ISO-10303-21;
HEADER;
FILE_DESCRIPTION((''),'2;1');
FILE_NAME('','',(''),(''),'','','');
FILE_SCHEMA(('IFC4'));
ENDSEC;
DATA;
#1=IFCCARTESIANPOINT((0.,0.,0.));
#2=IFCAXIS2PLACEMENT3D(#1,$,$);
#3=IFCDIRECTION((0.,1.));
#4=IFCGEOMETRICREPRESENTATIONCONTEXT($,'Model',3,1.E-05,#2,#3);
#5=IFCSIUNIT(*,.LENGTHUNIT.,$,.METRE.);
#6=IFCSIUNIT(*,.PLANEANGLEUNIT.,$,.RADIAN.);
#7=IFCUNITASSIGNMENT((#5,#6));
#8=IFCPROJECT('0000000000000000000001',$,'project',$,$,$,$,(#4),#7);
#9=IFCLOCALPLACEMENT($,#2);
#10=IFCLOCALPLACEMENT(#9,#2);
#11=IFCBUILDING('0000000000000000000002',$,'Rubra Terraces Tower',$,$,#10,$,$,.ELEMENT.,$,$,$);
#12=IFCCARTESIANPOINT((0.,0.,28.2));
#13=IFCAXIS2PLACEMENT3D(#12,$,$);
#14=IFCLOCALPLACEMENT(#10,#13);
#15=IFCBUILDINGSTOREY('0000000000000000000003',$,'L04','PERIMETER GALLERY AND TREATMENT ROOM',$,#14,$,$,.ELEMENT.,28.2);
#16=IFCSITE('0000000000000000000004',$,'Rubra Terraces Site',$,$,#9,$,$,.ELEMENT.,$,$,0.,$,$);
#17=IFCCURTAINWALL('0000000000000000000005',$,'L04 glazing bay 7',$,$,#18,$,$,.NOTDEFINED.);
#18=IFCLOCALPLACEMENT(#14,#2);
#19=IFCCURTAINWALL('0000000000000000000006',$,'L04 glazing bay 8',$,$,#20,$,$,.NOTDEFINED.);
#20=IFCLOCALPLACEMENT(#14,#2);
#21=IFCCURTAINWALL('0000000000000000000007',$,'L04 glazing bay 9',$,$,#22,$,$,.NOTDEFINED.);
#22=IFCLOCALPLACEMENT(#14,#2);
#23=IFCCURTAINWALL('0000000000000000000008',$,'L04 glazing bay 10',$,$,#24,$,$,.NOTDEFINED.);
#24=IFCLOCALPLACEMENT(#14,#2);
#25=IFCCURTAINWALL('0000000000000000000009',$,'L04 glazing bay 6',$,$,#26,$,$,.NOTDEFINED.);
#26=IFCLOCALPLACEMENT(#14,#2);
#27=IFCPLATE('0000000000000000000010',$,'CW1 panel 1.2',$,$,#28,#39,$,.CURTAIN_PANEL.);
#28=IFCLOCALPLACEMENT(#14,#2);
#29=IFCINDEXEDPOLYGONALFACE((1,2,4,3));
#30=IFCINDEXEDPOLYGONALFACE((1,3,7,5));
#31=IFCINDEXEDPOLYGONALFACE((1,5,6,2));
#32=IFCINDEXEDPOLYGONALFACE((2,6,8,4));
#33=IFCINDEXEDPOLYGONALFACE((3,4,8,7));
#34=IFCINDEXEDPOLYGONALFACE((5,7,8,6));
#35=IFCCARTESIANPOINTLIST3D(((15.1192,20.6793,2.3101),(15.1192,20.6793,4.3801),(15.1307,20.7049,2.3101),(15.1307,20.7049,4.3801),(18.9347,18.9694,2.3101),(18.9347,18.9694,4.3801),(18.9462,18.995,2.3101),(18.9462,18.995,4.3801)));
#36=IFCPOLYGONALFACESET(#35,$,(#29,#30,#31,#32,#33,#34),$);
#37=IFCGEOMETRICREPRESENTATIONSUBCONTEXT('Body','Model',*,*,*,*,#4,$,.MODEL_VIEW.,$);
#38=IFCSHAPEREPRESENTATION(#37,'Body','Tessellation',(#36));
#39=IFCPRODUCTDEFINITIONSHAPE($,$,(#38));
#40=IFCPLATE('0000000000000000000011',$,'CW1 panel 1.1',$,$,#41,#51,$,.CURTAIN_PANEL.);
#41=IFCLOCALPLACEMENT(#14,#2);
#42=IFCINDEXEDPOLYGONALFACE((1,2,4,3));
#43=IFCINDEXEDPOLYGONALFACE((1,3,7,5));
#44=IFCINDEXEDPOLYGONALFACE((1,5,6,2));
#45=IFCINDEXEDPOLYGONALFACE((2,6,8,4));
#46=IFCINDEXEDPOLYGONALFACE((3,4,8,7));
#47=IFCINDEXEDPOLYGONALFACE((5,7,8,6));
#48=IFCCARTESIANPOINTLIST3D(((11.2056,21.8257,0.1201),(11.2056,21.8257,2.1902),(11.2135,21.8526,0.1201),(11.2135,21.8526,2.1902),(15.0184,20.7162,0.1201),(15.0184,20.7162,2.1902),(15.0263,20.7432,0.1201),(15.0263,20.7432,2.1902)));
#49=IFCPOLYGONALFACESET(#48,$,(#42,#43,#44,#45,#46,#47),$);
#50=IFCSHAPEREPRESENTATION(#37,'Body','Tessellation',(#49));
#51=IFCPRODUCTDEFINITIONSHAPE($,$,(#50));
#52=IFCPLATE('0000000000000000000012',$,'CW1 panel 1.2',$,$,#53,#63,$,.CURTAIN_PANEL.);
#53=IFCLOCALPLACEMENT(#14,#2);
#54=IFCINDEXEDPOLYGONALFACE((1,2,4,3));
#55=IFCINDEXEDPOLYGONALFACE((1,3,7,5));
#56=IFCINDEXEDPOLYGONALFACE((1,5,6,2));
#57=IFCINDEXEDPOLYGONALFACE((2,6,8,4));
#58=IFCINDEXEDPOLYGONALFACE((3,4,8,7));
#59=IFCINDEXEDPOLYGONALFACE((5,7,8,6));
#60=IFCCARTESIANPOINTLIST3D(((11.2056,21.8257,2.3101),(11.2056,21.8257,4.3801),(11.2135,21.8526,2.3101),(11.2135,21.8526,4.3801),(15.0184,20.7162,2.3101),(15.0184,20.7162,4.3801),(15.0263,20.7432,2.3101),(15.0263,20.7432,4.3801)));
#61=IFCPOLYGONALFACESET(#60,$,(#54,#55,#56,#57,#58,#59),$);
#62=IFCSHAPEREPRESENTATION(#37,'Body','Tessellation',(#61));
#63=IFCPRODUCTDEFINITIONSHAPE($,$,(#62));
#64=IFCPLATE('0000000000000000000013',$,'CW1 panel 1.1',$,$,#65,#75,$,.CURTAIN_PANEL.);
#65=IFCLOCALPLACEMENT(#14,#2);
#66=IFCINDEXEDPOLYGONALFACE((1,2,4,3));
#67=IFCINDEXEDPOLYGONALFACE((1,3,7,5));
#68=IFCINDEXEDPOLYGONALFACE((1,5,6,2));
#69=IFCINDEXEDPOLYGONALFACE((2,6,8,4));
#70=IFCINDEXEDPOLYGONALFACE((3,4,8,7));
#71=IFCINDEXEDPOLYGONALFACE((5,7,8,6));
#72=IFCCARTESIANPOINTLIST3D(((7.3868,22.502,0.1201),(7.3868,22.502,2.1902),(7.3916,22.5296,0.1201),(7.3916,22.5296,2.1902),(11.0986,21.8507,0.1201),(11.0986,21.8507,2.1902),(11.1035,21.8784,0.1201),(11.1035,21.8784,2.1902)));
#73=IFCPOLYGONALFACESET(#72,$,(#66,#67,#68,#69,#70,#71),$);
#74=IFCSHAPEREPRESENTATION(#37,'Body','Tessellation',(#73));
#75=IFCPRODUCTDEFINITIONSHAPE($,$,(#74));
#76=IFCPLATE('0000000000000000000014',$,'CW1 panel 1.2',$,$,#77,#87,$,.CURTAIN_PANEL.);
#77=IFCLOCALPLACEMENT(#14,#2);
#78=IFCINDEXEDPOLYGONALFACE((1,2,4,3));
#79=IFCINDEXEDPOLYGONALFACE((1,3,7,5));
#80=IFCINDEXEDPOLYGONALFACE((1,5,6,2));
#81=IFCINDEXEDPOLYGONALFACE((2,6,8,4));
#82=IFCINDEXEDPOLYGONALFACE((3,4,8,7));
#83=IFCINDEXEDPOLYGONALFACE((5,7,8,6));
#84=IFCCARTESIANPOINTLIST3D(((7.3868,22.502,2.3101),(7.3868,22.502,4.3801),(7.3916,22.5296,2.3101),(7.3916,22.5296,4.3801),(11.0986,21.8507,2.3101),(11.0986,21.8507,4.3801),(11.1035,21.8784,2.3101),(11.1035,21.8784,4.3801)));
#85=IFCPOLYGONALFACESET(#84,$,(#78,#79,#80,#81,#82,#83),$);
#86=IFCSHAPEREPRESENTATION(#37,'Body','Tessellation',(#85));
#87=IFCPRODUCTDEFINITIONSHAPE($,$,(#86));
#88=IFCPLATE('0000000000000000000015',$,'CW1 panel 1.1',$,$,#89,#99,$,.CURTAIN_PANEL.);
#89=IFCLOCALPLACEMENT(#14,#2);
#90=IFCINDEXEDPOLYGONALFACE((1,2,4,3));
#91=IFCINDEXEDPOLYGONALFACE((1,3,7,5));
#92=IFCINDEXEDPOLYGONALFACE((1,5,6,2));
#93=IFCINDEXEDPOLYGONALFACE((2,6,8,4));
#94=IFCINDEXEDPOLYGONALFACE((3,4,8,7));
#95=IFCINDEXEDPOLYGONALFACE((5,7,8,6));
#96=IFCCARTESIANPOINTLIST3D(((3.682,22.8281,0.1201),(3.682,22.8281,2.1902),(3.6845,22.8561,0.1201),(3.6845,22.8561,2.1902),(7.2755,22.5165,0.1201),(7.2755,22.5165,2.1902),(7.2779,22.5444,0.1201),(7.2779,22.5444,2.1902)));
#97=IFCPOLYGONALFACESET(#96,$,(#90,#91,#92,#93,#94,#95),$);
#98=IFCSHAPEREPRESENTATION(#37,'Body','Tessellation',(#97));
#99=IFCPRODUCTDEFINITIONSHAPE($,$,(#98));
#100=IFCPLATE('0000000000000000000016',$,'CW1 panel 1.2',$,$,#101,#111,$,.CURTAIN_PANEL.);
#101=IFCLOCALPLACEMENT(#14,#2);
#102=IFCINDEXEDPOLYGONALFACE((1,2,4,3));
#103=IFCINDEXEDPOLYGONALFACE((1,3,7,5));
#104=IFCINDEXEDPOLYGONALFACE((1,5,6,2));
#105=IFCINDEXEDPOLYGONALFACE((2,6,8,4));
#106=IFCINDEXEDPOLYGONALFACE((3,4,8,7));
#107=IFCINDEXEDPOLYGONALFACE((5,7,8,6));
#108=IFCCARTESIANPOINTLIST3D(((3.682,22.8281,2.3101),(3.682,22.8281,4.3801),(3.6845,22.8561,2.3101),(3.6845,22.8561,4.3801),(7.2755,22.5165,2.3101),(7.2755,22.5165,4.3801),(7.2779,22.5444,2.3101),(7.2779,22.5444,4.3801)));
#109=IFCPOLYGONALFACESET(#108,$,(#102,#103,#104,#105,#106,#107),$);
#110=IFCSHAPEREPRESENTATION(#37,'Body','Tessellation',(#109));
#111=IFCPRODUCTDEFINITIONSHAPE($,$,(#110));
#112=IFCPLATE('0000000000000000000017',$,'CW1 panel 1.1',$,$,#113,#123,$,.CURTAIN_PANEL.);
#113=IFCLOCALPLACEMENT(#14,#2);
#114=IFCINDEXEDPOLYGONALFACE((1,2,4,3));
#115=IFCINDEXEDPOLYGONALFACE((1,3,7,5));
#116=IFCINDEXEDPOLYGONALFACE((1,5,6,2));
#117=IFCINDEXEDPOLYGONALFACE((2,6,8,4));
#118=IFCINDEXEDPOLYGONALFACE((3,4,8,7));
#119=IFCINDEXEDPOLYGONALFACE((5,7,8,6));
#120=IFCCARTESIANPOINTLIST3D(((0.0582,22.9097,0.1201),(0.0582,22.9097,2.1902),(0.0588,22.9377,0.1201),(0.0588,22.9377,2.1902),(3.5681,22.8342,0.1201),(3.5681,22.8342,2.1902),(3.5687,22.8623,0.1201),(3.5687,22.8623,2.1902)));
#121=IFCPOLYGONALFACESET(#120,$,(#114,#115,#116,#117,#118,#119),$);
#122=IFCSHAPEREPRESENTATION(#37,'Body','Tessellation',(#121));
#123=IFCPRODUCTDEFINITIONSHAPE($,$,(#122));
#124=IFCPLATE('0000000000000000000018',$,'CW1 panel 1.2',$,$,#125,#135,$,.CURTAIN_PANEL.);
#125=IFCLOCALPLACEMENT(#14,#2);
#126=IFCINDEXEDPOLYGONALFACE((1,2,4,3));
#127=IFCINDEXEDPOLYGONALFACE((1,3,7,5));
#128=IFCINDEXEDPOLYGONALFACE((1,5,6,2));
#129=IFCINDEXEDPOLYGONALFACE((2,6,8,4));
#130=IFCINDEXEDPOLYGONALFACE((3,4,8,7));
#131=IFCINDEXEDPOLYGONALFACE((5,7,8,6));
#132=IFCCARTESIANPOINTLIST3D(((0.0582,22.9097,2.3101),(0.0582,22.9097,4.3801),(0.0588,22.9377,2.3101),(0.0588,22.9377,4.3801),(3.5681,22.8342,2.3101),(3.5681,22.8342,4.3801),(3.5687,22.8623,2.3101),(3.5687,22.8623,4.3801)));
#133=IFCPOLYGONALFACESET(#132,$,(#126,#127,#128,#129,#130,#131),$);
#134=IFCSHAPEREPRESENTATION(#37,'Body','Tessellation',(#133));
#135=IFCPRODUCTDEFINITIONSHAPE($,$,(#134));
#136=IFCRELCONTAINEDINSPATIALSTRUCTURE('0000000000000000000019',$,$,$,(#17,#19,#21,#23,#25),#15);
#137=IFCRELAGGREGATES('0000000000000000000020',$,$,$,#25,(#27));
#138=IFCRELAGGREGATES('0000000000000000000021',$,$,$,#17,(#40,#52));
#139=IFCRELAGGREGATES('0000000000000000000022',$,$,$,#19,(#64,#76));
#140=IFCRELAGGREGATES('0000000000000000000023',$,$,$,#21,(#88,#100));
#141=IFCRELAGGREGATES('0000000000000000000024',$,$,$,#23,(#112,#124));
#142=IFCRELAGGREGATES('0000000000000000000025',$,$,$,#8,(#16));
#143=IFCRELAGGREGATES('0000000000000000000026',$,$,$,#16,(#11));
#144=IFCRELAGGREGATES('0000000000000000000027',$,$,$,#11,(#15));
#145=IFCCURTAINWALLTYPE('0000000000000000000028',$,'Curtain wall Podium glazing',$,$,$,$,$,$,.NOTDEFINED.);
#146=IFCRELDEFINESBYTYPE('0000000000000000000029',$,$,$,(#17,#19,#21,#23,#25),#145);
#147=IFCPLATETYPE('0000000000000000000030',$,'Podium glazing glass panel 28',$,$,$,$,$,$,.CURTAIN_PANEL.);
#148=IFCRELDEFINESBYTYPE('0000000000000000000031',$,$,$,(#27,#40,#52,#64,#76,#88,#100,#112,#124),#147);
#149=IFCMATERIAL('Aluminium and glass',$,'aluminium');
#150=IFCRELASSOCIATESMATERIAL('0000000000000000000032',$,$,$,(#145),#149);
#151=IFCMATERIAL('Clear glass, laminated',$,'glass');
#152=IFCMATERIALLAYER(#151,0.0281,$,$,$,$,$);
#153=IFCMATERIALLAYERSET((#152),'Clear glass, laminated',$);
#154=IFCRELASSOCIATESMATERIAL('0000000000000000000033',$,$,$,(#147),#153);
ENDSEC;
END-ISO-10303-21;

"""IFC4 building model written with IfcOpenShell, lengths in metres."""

from ifc_helpers import new_model, si_unit, direction, frame, origin, origin_2d, place, context, subcontext, project, spatial, rectangle, extrude, material, layer, layer_set, type_object, element, aggregate, save


model = new_model("IFC4")

# Units and contexts
model_context = context("Model", 3, precision=1e-05, world=origin(), true_north=direction((0.0, 1.0)))
body_context = subcontext(model_context, "Body", "Model", "MODEL_VIEW")
ifc_project = project(units=[si_unit("LENGTHUNIT", "METRE"), si_unit("PLANEANGLEUNIT", "RADIAN")], contexts=[model_context])

# Site, building, storey
site_placement = place(None, origin())
site = spatial("IfcSite", under=ifc_project, at=site_placement, Name="Rubra Terraces Site", CompositionType="ELEMENT", RefElevation=0.0)
building_placement = place(site_placement, origin())
building = spatial("IfcBuilding", under=site, at=building_placement, Name="Rubra Terraces Tower", CompositionType="ELEMENT")
storey_placement = place(building_placement, frame((0.0, 0.0, 28.2)))
storey = spatial("IfcBuildingStorey", under=building, at=storey_placement, Name="L04", Description="PERIMETER GALLERY AND TREATMENT ROOM", CompositionType="ELEMENT", Elevation=28.2)

# Curtain walls
ifc_material_1 = material(Name="Aluminium and glass", Category="aluminium")
curtain_wall_type = type_object("IfcCurtainWallType", Name="Curtain wall Podium glazing", PredefinedType="NOTDEFINED", material=ifc_material_1)
curtain_wall_1_placement = place(storey_placement, origin())
curtain_wall_1 = element("IfcCurtainWall", 1, at=curtain_wall_1_placement, inside=storey, type_object=curtain_wall_type, Name="L04 glazing bay 7", PredefinedType="NOTDEFINED")
curtain_wall_2_placement = place(storey_placement, origin())
curtain_wall_2 = element("IfcCurtainWall", 2, at=curtain_wall_2_placement, inside=storey, type_object=curtain_wall_type, Name="L04 glazing bay 8", PredefinedType="NOTDEFINED")
curtain_wall_3_placement = place(storey_placement, origin())
curtain_wall_3 = element("IfcCurtainWall", 3, at=curtain_wall_3_placement, inside=storey, type_object=curtain_wall_type, Name="L04 glazing bay 9", PredefinedType="NOTDEFINED")
curtain_wall_4_placement = place(storey_placement, origin())
curtain_wall_4 = element("IfcCurtainWall", 4, at=curtain_wall_4_placement, inside=storey, type_object=curtain_wall_type, Name="L04 glazing bay 10", PredefinedType="NOTDEFINED")

# Curtain wall, plate
curtain_wall_5_placement = place(storey_placement, origin())
curtain_wall_5 = element("IfcCurtainWall", 5, at=curtain_wall_5_placement, inside=storey, type_object=curtain_wall_type, Name="L04 glazing bay 6", PredefinedType="NOTDEFINED")
ifc_material_2 = material(Name="Clear glass, laminated", Category="glass")
ifc_layer = layer(ifc_material_2, 0.0281)
ifc_layer_set = layer_set([ifc_layer], Name="Clear glass, laminated")
plate_type = type_object("IfcPlateType", Name="Podium glazing glass panel 28", PredefinedType="CURTAIN_PANEL", material=ifc_layer_set)
plate_1_placement = place(storey_placement, frame((17.0327, 19.8372, 2.3101), z_axis=(0.0, 0.0, 1.0), x_axis=(-0.912551, 0.408962, 0.0)))
plate_1 = element("IfcPlate", 6, at=plate_1_placement, type_object=plate_type, Name="CW1 panel 1.2", PredefinedType="CURTAIN_PANEL", context=body_context, shape_type="SweptSolid", body=[
    extrude(rectangle(XDim=4.1812, YDim=0.0281, at=origin_2d()), origin(), (0.0, 0.0, 1.0), 2.0701),
])
aggregate(curtain_wall_5, [plate_1])

# Plates
plate_2_placement = place(storey_placement, frame((13.116, 21.2844, 0.1201), z_axis=(0.0, 0.0, 1.0), x_axis=(-0.960175, 0.279399, 0.0)))
plate_2 = element("IfcPlate", 7, at=plate_2_placement, type_object=plate_type, Name="CW1 panel 1.1", PredefinedType="CURTAIN_PANEL", context=body_context, shape_type="SweptSolid", body=[
    extrude(rectangle(XDim=3.9709, YDim=0.0281, at=origin_2d()), origin(), (0.0, 0.0, 1.0), 2.0701),
])
plate_3_placement = place(storey_placement, frame((13.116, 21.2844, 2.3101), z_axis=(0.0, 0.0, 1.0), x_axis=(-0.960175, 0.279399, 0.0)))
plate_3 = element("IfcPlate", 8, at=plate_3_placement, type_object=plate_type, Name="CW1 panel 1.2", PredefinedType="CURTAIN_PANEL", context=body_context, shape_type="SweptSolid", body=[
    extrude(rectangle(XDim=3.9709, YDim=0.0281, at=origin_2d()), origin(), (0.0, 0.0, 1.0), 2.0701),
])
aggregate(curtain_wall_1, [plate_2, plate_3])
plate_4_placement = place(storey_placement, frame((9.2451, 22.1902, 0.1201), z_axis=(0.0, 0.0, 1.0), x_axis=(-0.984954, 0.172817, 0.0)))
plate_4 = element("IfcPlate", 9, at=plate_4_placement, type_object=plate_type, Name="CW1 panel 1.1", PredefinedType="CURTAIN_PANEL", context=body_context, shape_type="SweptSolid", body=[
    extrude(rectangle(XDim=3.7686, YDim=0.0281, at=origin_2d()), origin(), (0.0, 0.0, 1.0), 2.0701),
])
plate_5_placement = place(storey_placement, frame((9.2451, 22.1902, 2.3101), z_axis=(0.0, 0.0, 1.0), x_axis=(-0.984954, 0.172817, 0.0)))
plate_5 = element("IfcPlate", 10, at=plate_5_placement, type_object=plate_type, Name="CW1 panel 1.2", PredefinedType="CURTAIN_PANEL", context=body_context, shape_type="SweptSolid", body=[
    extrude(rectangle(XDim=3.7686, YDim=0.0281, at=origin_2d()), origin(), (0.0, 0.0, 1.0), 2.0701),
])
aggregate(curtain_wall_2, [plate_4, plate_5])
plate_6_placement = place(storey_placement, frame((5.48, 22.6863, 0.1201), z_axis=(0.0, 0.0, 1.0), x_axis=(-0.996261, 0.086398, 0.0)))
plate_6 = element("IfcPlate", 11, at=plate_6_placement, type_object=plate_type, Name="CW1 panel 1.1", PredefinedType="CURTAIN_PANEL", context=body_context, shape_type="SweptSolid", body=[
    extrude(rectangle(XDim=3.6069, YDim=0.0281, at=origin_2d()), origin(), (0.0, 0.0, 1.0), 2.0701),
])
plate_7_placement = place(storey_placement, frame((5.48, 22.6863, 2.3101), z_axis=(0.0, 0.0, 1.0), x_axis=(-0.996261, 0.086398, 0.0)))
plate_7 = element("IfcPlate", 12, at=plate_7_placement, type_object=plate_type, Name="CW1 panel 1.2", PredefinedType="CURTAIN_PANEL", context=body_context, shape_type="SweptSolid", body=[
    extrude(rectangle(XDim=3.6069, YDim=0.0281, at=origin_2d()), origin(), (0.0, 0.0, 1.0), 2.0701),
])
aggregate(curtain_wall_3, [plate_6, plate_7])
plate_8_placement = place(storey_placement, frame((1.8135, 22.886, 0.1201), z_axis=(0.0, 0.0, 1.0), x_axis=(-0.999769, 0.021483, 0.0)))
plate_8 = element("IfcPlate", 13, at=plate_8_placement, type_object=plate_type, Name="CW1 panel 1.1", PredefinedType="CURTAIN_PANEL", context=body_context, shape_type="SweptSolid", body=[
    extrude(rectangle(XDim=3.5107, YDim=0.0281, at=origin_2d()), origin(), (0.0, 0.0, 1.0), 2.0701),
])
plate_9_placement = place(storey_placement, frame((1.8135, 22.886, 2.3101), z_axis=(0.0, 0.0, 1.0), x_axis=(-0.999769, 0.021483, 0.0)))
plate_9 = element("IfcPlate", 14, at=plate_9_placement, type_object=plate_type, Name="CW1 panel 1.2", PredefinedType="CURTAIN_PANEL", context=body_context, shape_type="SweptSolid", body=[
    extrude(rectangle(XDim=3.5107, YDim=0.0281, at=origin_2d()), origin(), (0.0, 0.0, 1.0), 2.0701),
])
aggregate(curtain_wall_4, [plate_8, plate_9])

save(model, "model.ifc")
